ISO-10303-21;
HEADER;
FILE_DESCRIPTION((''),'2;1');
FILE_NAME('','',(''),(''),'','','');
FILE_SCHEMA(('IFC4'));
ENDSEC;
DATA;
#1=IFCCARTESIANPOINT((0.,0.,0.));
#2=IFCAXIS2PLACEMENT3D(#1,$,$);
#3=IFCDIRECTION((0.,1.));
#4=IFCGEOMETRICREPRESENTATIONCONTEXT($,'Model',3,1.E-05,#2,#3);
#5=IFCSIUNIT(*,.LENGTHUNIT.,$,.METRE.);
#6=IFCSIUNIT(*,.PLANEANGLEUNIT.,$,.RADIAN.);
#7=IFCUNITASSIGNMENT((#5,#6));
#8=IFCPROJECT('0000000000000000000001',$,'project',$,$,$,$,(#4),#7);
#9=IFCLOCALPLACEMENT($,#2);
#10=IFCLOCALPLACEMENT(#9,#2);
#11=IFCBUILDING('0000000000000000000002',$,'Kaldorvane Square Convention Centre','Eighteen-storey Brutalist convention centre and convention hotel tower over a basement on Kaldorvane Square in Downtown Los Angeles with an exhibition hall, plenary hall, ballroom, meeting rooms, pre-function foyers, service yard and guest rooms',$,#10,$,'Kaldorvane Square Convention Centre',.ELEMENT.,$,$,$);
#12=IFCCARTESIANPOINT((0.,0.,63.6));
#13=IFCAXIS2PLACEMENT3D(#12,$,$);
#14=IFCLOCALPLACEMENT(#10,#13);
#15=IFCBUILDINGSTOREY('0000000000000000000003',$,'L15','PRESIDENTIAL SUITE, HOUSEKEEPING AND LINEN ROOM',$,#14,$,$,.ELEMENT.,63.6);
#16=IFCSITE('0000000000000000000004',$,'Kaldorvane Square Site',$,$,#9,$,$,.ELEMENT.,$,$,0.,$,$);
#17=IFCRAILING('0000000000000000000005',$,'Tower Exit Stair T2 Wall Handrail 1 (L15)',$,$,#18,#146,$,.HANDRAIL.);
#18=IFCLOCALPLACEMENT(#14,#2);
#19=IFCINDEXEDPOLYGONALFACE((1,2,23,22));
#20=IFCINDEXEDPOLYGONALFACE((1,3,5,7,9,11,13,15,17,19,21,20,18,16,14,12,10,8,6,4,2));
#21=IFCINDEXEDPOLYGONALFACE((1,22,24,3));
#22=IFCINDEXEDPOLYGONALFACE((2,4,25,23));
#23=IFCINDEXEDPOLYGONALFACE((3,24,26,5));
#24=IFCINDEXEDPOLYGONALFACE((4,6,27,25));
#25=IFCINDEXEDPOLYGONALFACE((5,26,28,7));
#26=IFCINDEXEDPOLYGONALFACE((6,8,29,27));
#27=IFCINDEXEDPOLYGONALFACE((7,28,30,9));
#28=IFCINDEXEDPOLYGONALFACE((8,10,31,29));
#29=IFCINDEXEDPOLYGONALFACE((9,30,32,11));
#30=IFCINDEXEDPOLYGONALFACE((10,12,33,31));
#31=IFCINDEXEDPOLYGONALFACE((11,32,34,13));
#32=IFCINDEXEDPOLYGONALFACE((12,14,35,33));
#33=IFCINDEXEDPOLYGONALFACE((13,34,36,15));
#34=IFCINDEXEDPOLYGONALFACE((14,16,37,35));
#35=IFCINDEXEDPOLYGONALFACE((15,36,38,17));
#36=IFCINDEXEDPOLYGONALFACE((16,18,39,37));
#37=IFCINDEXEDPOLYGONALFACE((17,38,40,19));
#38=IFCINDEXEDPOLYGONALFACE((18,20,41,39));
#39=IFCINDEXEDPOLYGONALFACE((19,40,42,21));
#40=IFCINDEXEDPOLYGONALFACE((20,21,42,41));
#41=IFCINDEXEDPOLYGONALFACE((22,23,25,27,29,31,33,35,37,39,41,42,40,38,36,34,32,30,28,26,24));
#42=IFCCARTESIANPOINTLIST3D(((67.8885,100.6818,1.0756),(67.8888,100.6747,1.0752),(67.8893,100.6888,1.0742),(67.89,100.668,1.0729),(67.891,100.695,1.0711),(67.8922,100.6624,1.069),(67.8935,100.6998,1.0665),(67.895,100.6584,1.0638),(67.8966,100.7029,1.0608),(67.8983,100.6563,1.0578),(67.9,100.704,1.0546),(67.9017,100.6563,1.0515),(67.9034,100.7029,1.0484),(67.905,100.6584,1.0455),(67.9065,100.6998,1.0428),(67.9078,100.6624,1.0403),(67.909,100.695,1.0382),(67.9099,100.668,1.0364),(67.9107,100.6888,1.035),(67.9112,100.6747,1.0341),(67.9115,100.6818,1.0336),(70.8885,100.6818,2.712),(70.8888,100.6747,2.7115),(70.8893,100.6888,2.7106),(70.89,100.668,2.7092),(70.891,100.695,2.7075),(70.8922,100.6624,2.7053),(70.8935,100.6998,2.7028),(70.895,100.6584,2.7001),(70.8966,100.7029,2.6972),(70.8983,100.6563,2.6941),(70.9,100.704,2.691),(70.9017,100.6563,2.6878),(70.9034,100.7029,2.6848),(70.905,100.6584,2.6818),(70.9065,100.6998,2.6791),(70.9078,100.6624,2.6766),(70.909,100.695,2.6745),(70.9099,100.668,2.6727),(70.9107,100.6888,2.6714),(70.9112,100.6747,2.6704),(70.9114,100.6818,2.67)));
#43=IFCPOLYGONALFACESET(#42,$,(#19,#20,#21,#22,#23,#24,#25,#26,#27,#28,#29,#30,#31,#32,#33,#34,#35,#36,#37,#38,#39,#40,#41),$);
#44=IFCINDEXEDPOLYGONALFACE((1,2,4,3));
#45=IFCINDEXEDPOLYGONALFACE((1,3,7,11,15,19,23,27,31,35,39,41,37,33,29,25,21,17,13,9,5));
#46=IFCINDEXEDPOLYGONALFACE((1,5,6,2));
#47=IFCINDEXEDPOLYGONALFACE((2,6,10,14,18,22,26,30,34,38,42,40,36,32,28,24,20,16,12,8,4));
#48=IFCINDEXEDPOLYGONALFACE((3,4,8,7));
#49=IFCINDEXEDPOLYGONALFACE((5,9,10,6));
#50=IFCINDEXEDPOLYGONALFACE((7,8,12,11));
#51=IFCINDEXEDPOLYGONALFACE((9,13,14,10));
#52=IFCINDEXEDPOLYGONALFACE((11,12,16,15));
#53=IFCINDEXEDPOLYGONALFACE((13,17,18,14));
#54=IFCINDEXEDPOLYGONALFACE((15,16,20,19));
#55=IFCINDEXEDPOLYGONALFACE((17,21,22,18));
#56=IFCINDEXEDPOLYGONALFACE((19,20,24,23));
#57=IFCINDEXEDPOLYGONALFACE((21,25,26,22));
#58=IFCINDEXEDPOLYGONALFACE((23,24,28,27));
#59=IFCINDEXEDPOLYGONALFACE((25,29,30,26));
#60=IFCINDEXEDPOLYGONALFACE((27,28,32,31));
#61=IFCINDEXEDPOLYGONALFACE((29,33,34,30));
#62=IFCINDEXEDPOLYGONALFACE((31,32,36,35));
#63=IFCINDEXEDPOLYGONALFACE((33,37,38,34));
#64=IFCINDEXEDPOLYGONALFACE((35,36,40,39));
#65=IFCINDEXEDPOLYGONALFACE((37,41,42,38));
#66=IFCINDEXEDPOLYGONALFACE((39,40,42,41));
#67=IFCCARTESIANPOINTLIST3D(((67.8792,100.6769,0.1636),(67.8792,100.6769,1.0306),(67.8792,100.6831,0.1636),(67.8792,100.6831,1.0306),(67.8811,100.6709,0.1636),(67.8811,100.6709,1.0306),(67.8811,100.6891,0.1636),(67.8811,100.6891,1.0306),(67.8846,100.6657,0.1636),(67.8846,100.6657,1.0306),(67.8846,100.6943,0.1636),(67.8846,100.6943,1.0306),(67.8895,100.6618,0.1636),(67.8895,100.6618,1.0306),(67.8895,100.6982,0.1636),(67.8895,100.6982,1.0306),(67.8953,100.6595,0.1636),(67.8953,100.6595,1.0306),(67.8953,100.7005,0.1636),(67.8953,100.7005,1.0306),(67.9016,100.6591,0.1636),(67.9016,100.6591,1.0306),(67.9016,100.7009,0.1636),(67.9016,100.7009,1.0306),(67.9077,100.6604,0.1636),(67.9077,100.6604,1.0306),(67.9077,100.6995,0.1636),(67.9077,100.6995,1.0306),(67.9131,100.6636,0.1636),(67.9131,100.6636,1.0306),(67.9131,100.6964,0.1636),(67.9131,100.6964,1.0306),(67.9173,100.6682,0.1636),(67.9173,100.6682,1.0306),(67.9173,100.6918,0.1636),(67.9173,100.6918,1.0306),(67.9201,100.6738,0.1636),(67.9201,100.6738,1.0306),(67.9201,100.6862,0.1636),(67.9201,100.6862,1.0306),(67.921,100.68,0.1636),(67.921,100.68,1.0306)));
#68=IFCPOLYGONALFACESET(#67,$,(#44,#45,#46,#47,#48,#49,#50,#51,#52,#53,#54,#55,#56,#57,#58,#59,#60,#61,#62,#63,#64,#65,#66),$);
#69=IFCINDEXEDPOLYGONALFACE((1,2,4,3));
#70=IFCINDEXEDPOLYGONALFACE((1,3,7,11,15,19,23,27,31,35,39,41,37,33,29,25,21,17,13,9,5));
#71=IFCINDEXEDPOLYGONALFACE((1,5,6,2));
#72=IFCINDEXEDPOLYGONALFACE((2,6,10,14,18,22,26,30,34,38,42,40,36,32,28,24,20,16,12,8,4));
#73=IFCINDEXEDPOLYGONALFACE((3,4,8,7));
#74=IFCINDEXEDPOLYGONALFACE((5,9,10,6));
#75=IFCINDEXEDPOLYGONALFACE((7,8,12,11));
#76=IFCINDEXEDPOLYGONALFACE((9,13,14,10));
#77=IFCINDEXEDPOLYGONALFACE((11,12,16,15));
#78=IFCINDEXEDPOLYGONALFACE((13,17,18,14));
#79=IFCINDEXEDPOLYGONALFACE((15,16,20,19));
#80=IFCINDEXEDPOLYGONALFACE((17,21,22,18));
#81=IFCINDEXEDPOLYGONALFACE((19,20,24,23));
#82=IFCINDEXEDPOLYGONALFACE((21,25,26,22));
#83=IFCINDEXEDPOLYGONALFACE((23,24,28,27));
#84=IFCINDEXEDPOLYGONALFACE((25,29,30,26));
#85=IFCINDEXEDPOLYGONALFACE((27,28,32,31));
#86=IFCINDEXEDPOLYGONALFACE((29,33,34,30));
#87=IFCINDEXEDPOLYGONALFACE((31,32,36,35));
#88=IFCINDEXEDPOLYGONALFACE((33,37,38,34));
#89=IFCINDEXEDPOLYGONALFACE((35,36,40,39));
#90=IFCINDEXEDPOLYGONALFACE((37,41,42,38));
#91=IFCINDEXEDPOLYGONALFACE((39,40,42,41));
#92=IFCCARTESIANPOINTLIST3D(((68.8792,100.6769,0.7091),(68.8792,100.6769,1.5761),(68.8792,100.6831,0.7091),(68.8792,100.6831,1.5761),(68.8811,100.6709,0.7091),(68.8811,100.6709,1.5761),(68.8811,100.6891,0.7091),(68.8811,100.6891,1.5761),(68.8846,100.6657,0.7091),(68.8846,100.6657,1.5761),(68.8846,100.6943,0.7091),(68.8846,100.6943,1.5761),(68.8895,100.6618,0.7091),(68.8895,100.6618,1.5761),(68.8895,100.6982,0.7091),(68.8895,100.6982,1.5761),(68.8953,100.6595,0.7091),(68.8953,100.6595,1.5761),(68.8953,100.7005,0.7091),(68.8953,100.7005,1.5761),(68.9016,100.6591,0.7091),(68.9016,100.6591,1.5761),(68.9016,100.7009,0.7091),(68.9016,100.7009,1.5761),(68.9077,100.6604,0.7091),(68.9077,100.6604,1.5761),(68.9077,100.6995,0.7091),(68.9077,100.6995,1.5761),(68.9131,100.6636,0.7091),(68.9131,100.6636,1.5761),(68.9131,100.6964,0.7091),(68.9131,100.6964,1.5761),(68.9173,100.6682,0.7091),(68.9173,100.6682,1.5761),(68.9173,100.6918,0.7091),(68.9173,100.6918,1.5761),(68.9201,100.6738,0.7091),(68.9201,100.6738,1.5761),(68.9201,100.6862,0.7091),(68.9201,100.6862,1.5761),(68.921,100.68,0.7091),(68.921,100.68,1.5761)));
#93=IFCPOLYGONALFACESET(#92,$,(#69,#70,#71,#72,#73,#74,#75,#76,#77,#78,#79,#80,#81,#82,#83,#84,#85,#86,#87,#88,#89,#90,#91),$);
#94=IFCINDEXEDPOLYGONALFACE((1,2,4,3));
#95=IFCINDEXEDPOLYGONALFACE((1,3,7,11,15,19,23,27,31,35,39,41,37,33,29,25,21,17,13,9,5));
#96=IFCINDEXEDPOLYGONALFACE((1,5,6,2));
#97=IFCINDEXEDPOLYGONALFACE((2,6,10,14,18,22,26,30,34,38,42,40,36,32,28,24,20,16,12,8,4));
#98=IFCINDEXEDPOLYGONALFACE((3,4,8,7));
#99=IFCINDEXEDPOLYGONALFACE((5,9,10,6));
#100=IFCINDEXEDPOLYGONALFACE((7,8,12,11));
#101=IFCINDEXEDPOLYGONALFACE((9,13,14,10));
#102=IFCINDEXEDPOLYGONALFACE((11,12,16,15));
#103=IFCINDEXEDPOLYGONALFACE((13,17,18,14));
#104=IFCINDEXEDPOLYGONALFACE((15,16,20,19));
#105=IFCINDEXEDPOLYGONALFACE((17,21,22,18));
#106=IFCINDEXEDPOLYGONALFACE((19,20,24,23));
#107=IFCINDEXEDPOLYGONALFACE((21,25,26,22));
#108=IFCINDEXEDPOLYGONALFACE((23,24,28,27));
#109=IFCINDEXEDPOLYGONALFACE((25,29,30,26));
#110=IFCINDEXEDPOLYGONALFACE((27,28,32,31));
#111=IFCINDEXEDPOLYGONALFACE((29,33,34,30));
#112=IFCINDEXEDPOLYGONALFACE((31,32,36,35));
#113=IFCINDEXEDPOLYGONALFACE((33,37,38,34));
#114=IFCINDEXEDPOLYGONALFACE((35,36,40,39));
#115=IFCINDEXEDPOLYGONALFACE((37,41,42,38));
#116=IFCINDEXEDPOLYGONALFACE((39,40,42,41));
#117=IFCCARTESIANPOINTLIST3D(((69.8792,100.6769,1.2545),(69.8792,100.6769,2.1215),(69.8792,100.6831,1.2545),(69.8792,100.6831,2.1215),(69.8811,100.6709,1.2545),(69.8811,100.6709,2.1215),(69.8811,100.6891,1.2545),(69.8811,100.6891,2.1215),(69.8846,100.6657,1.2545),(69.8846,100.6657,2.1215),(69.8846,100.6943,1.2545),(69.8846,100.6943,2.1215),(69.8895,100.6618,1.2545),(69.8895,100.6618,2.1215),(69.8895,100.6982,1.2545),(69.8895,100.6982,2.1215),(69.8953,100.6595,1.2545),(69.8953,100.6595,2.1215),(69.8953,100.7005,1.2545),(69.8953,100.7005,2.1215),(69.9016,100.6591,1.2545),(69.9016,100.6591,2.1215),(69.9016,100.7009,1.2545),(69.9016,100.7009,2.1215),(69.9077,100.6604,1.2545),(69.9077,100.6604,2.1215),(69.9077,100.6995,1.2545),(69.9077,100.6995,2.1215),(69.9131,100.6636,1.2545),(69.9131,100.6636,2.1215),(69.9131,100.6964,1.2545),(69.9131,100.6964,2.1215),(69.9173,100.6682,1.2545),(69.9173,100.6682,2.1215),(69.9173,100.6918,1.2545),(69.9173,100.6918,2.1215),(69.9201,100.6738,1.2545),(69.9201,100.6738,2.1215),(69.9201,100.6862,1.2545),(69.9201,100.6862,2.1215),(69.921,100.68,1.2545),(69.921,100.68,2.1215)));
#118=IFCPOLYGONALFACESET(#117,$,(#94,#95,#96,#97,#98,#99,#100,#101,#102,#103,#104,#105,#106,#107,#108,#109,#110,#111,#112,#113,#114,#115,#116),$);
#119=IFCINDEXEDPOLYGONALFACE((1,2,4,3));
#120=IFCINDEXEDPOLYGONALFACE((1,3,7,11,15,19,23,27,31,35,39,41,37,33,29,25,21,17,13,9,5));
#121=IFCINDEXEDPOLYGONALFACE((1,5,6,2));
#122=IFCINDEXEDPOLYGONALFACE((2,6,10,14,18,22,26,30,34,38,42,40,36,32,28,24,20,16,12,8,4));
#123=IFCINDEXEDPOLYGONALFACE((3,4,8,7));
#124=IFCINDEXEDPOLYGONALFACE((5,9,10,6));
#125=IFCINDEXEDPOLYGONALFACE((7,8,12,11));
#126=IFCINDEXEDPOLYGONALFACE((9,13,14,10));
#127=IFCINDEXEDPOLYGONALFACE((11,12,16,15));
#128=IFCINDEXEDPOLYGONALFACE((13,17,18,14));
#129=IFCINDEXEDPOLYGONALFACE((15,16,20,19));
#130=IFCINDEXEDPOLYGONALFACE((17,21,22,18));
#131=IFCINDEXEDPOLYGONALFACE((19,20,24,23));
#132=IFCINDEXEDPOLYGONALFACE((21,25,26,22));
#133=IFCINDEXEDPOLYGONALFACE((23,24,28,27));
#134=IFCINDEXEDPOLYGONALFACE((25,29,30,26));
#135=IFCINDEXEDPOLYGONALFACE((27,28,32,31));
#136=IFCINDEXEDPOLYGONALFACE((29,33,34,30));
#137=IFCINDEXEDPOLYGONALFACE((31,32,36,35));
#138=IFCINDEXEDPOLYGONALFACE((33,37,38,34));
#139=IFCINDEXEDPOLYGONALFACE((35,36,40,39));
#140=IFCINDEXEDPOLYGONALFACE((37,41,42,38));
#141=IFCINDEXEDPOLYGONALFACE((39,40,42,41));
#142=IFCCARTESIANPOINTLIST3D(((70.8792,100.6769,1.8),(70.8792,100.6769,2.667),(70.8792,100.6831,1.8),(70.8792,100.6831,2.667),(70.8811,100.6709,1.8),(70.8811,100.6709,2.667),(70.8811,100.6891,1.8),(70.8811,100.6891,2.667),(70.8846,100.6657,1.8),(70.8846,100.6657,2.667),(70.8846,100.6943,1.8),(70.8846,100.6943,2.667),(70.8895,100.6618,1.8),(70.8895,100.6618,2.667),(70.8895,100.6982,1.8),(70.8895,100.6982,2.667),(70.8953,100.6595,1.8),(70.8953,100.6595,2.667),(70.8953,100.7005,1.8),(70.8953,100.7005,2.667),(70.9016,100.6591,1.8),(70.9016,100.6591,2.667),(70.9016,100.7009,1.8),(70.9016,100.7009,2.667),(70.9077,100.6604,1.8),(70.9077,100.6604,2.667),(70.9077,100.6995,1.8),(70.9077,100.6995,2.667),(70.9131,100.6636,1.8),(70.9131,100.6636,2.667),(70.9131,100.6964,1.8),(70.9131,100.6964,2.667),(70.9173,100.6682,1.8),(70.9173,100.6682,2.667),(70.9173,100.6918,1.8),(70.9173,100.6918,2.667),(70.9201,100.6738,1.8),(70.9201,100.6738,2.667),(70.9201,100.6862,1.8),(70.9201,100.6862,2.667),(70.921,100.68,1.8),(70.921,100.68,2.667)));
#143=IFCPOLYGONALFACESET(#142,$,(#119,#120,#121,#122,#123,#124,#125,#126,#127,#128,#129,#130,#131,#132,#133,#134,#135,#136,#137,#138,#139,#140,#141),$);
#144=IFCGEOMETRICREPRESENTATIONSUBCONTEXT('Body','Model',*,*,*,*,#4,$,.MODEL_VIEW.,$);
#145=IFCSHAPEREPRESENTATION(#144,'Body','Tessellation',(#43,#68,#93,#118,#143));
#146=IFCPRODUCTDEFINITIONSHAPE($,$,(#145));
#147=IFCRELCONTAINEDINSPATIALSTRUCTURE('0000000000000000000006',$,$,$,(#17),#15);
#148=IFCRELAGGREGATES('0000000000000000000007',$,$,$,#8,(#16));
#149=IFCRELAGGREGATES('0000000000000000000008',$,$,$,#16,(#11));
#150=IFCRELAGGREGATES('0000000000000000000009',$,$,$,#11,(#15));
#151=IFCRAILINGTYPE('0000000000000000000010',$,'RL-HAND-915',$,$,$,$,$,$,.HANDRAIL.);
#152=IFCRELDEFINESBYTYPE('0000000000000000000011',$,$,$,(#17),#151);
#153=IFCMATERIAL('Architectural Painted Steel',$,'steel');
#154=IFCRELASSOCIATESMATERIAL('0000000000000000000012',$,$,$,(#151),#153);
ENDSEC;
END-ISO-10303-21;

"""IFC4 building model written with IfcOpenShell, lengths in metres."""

from ifc_helpers import new_model, si_unit, direction, frame, origin, origin_2d, place, context, subcontext, project, spatial, circle, extrude, material, type_object, element, save


model = new_model("IFC4")

# Units and contexts
model_context = context("Model", 3, precision=1e-05, world=origin(), true_north=direction((0.0, 1.0)))
body_context = subcontext(model_context, "Body", "Model", "MODEL_VIEW")
ifc_project = project(units=[si_unit("LENGTHUNIT", "METRE"), si_unit("PLANEANGLEUNIT", "RADIAN")], contexts=[model_context])

# Site, building, storey
site_placement = place(None, origin())
site = spatial("IfcSite", under=ifc_project, at=site_placement, Name="Kaldorvane Square Site", CompositionType="ELEMENT", RefElevation=0.0)
building_placement = place(site_placement, origin())
building = spatial("IfcBuilding", under=site, at=building_placement, Name="Kaldorvane Square Convention Centre", Description="Eighteen-storey Brutalist convention centre and convention hotel tower over a basement on Kaldorvane Square in Downtown Los Angeles with an exhibition hall, plenary hall, ballroom, meeting rooms, pre-function foyers, service yard and guest rooms", LongName="Kaldorvane Square Convention Centre", CompositionType="ELEMENT")
storey_placement = place(building_placement, frame((0.0, 0.0, 63.6)))
storey = spatial("IfcBuildingStorey", under=building, at=storey_placement, Name="L15", Description="PRESIDENTIAL SUITE, HOUSEKEEPING AND LINEN ROOM", CompositionType="ELEMENT", Elevation=63.6)

# Railing
ifc_material_1 = material(Name="Architectural Painted Steel", Category="steel")
railing_type = type_object("IfcRailingType", Name="RL-HAND-915", PredefinedType="HANDRAIL", material=ifc_material_1)
railing_placement = place(storey_placement, frame((67.9, 100.68, 0.1636)))
element("IfcRailing", 1, at=railing_placement, inside=storey, type_object=railing_type, Name="Tower Exit Stair T2 Wall Handrail 1 (L15)", PredefinedType="HANDRAIL", context=body_context, shape_type="SweptSolid", body=[
    extrude(circle(Radius=0.024, at=origin_2d()), frame((0.0, 0.0, 0.891), z_axis=(0.877897, 0.0, 0.47885), x_axis=(0.0, 1.0, 0.0)), (0.0, 0.0, 1.0), 3.4173),
    extrude(circle(Radius=0.021, at=origin_2d()), origin(), (0.0, 0.0, 1.0), 0.867),
    extrude(circle(Radius=0.021, at=origin_2d()), frame((1.0, 0.0, 0.5455)), (0.0, 0.0, 1.0), 0.867),
    extrude(circle(Radius=0.021, at=origin_2d()), frame((2.0, 0.0, 1.0909)), (0.0, 0.0, 1.0), 0.867),
    extrude(circle(Radius=0.021, at=origin_2d()), frame((3.0, 0.0, 1.6364)), (0.0, 0.0, 1.0), 0.867),
])

save(model, "model.ifc")
